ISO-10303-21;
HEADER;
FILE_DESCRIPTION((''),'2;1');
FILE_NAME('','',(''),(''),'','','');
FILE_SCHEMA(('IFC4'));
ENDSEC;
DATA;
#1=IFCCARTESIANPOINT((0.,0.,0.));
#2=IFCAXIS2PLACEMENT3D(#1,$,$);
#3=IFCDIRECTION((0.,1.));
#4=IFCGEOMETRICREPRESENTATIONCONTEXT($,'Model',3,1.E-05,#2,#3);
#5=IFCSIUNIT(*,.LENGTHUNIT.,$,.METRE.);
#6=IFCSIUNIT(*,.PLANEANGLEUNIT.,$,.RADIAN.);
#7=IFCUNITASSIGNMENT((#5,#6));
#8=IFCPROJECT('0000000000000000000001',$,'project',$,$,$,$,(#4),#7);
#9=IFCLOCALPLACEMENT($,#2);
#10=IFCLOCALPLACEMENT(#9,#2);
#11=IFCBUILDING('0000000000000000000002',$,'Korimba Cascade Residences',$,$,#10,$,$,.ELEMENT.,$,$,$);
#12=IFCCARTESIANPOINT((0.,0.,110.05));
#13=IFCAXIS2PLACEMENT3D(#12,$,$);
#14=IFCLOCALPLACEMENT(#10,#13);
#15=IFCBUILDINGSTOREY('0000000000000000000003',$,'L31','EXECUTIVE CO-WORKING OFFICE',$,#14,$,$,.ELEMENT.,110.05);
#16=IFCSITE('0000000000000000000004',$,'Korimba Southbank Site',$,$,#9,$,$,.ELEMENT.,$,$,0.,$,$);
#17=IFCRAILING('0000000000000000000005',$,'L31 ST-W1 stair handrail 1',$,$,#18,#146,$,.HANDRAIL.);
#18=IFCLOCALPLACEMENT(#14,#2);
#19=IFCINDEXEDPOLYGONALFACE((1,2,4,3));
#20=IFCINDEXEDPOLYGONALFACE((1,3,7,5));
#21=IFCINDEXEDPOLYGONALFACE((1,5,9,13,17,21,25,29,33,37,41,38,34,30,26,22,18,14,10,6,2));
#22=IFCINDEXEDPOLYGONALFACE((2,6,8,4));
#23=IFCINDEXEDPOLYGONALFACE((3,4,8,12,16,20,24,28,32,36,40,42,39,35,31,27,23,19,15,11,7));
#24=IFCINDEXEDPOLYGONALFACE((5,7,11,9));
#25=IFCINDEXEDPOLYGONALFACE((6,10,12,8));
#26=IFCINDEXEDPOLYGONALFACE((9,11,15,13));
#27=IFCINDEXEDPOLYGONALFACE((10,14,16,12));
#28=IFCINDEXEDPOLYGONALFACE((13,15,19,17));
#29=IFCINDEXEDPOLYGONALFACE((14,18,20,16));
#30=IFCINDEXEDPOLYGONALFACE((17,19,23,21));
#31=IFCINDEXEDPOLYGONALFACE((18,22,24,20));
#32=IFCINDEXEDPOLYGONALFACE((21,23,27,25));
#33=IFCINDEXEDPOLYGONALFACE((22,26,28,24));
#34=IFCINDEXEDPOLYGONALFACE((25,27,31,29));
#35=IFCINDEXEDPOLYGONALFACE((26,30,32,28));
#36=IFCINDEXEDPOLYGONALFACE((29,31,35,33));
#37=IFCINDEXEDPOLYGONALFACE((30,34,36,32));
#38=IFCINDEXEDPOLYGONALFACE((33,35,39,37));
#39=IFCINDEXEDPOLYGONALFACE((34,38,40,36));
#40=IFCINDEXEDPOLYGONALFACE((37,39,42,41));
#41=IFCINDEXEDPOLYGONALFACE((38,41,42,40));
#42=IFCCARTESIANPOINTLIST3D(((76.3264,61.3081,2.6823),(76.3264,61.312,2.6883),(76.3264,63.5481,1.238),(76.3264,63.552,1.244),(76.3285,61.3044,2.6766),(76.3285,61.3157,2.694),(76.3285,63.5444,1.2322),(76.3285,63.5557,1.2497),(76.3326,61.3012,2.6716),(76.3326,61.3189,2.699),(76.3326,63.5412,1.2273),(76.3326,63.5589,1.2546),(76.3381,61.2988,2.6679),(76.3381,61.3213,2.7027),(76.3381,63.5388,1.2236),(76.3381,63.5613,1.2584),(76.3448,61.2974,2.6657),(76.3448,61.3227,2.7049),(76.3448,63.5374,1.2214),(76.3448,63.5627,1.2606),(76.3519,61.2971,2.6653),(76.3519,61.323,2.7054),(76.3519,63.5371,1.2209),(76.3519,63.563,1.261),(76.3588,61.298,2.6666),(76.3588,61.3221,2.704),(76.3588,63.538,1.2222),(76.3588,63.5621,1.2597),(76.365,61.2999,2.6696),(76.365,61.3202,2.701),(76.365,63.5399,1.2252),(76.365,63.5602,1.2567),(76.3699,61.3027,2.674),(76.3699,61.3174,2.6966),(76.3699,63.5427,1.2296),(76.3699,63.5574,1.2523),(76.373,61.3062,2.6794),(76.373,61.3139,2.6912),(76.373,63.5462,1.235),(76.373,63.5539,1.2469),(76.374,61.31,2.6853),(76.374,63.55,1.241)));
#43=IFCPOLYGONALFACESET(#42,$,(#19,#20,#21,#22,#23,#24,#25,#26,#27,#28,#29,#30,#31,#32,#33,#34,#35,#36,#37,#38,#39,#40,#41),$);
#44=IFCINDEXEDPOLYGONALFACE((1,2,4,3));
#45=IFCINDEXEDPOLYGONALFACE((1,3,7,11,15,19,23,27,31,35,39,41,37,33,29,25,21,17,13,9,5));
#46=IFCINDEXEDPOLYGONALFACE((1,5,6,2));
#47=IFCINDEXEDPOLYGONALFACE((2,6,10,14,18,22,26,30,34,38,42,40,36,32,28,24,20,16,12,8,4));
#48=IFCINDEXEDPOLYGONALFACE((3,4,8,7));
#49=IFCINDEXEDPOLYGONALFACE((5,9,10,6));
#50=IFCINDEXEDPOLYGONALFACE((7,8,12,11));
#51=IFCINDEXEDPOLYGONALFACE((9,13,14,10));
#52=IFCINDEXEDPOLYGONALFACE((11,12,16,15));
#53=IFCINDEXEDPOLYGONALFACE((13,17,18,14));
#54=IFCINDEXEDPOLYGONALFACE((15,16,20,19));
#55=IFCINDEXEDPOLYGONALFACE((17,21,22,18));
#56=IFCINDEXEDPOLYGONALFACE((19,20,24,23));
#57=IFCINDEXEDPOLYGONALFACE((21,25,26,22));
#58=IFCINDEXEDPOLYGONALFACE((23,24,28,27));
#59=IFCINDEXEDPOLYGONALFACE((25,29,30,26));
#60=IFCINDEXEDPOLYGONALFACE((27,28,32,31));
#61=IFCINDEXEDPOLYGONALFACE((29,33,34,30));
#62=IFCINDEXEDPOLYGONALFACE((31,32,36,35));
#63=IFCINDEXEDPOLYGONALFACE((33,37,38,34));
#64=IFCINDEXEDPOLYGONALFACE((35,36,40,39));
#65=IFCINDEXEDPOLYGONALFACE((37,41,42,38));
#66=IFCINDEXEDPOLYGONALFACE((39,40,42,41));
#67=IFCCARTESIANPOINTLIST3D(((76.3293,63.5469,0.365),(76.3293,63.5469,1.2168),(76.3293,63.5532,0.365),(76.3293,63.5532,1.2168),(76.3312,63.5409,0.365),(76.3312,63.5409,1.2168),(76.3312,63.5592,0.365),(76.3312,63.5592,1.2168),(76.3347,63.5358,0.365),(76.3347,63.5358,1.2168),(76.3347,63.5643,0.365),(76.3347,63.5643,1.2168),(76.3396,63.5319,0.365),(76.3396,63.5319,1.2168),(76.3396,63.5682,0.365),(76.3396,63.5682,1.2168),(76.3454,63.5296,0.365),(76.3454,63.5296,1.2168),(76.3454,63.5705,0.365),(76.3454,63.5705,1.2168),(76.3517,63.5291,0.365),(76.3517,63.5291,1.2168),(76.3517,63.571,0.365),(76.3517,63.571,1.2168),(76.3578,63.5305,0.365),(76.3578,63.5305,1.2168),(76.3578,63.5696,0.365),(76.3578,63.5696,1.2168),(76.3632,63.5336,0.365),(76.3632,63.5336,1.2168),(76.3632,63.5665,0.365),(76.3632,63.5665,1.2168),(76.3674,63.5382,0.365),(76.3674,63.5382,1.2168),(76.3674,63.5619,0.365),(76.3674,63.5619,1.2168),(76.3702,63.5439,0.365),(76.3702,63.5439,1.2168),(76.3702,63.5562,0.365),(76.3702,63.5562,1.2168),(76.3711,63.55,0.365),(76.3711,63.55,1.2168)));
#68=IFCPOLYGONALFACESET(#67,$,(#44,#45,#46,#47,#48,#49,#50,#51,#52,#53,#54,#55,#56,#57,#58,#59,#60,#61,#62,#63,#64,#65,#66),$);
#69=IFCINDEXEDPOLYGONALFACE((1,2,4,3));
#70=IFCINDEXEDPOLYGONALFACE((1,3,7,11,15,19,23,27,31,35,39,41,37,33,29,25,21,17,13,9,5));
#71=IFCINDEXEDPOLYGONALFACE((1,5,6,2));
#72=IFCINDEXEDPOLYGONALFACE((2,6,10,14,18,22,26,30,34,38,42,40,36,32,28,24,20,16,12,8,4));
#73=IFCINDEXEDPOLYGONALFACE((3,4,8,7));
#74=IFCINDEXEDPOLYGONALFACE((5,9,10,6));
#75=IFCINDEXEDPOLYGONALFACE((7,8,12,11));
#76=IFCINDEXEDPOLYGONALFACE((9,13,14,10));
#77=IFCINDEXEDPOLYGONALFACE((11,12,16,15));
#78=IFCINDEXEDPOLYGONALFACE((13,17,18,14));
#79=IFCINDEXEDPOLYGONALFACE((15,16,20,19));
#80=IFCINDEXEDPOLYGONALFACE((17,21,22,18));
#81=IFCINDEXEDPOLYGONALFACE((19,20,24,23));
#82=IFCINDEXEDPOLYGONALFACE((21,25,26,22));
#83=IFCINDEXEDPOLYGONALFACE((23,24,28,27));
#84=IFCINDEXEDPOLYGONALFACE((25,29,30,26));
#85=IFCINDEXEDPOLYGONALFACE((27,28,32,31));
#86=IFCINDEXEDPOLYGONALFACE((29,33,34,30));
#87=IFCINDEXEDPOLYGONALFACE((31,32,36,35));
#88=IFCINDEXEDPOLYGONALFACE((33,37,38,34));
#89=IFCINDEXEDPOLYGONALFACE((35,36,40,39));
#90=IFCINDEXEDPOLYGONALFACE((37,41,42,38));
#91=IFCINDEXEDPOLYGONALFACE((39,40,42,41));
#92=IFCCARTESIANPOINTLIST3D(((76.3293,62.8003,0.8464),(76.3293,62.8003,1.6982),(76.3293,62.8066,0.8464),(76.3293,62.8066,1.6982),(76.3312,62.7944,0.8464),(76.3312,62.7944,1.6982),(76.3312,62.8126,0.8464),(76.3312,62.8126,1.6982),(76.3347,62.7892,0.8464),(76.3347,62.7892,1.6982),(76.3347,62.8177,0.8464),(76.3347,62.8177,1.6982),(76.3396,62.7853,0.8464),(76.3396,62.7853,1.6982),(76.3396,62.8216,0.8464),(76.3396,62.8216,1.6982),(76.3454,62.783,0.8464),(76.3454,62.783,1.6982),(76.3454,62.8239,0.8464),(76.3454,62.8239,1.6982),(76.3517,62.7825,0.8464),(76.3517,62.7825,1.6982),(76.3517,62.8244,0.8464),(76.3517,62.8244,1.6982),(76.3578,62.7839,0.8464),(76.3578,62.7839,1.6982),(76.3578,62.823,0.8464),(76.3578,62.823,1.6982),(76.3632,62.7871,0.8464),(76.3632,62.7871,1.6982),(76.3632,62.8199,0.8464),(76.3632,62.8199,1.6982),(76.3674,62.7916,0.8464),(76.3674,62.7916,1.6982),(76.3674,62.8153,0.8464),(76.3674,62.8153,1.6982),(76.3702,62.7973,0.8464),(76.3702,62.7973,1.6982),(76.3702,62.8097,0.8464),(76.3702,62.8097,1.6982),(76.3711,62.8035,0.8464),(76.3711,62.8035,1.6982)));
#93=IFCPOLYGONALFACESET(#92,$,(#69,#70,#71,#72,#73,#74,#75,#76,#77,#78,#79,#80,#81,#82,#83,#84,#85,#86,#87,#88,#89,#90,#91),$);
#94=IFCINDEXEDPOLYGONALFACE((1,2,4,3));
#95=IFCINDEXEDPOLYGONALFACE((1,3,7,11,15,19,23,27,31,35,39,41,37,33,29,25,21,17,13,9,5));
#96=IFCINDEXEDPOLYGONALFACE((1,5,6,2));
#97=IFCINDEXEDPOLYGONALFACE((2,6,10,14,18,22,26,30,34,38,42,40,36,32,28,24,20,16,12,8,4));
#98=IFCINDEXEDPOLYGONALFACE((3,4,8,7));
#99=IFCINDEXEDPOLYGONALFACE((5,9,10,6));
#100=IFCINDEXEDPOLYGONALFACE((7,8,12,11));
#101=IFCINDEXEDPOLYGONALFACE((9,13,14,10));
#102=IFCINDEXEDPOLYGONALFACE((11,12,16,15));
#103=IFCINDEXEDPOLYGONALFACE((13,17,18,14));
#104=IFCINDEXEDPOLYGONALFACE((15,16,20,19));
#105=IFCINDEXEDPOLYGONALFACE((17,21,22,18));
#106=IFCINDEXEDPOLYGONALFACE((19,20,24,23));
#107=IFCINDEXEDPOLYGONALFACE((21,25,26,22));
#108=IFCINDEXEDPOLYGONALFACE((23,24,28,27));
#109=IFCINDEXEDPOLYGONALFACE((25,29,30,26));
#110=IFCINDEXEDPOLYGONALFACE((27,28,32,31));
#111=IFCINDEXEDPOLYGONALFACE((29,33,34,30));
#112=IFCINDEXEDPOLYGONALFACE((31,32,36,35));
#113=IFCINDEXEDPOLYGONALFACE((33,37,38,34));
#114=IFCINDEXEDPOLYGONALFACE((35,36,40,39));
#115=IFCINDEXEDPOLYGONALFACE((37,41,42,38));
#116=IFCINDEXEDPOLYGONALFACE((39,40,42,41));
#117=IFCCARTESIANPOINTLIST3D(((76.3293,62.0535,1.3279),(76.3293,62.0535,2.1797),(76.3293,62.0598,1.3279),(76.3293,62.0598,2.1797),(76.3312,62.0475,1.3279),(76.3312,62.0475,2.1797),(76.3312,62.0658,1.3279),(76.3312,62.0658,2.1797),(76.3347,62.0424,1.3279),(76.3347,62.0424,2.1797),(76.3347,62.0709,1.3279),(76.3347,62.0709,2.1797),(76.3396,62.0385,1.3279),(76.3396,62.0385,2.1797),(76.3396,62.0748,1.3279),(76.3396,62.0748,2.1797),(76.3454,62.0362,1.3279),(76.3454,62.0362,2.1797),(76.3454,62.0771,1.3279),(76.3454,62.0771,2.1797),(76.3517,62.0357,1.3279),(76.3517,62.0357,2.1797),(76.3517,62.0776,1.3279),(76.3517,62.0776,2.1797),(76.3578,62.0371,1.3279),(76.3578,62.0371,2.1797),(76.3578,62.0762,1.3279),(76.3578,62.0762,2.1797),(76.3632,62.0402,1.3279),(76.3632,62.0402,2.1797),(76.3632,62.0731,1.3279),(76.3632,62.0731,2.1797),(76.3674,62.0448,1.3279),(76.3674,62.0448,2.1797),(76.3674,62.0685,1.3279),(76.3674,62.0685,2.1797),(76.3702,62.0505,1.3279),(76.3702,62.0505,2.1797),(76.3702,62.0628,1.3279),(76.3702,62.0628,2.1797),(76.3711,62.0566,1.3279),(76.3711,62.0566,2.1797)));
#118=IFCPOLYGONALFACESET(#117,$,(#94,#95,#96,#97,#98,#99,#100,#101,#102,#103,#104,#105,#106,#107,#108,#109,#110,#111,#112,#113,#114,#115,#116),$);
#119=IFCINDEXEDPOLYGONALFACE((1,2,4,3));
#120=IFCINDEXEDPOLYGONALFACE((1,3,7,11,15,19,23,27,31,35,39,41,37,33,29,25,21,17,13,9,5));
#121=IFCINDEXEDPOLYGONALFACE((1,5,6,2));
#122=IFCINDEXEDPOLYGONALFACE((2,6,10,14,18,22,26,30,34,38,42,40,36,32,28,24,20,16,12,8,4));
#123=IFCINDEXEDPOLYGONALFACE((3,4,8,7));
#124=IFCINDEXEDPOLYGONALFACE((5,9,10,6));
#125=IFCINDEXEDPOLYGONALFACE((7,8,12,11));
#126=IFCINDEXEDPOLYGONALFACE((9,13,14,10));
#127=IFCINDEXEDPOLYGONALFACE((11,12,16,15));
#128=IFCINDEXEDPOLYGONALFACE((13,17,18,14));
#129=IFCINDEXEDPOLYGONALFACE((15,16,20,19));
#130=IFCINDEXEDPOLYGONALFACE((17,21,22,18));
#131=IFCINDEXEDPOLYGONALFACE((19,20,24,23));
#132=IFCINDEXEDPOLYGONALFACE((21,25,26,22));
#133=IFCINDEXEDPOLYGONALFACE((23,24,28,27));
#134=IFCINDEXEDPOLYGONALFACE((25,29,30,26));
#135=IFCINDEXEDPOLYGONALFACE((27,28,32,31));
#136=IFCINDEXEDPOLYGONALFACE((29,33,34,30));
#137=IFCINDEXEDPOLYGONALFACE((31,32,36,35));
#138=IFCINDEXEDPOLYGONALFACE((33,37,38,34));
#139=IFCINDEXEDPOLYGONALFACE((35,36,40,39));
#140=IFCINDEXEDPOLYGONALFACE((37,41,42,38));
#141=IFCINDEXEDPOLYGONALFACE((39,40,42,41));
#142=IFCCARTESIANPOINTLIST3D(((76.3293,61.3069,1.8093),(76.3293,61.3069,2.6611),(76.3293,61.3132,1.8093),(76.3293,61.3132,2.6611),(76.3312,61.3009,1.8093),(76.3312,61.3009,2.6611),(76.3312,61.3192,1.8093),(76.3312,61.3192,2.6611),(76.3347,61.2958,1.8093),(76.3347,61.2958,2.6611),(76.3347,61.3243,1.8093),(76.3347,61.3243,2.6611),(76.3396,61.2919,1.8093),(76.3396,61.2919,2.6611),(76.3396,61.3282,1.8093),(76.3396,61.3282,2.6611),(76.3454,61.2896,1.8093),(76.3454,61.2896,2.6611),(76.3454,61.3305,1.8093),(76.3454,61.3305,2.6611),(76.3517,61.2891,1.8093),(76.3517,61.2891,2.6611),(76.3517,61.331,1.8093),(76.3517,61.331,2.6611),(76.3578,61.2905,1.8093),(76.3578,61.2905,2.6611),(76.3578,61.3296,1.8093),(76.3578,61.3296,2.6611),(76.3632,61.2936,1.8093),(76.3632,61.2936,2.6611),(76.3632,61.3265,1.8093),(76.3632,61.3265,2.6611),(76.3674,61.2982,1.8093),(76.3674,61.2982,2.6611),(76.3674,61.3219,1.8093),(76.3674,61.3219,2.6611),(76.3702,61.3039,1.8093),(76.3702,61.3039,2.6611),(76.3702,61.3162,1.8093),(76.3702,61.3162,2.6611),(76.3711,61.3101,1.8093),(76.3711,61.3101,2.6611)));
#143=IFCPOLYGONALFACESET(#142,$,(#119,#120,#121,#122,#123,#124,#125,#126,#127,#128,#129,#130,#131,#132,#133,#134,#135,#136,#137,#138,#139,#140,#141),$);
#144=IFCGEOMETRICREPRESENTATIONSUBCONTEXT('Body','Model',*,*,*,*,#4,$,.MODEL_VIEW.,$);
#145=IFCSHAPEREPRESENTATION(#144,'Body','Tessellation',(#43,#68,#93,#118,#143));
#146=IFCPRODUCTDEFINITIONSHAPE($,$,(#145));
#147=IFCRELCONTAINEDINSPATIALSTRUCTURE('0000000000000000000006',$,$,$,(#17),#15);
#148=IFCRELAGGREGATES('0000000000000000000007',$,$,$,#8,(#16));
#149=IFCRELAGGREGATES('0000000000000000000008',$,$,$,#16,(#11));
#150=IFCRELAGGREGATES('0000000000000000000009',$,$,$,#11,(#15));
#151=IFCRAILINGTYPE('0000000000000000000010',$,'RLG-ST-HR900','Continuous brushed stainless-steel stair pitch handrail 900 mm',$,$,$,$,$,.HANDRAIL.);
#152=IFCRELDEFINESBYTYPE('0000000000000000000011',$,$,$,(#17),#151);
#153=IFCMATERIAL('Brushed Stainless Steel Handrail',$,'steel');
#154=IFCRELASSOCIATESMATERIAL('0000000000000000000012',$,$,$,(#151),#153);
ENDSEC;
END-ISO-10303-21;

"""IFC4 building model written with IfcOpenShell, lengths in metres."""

from ifc_helpers import new_model, si_unit, direction, frame, origin, origin_2d, place, context, subcontext, project, spatial, circle, extrude, material, type_object, element, save


model = new_model("IFC4")

# Units and contexts
model_context = context("Model", 3, precision=1e-05, world=origin(), true_north=direction((0.0, 1.0)))
body_context = subcontext(model_context, "Body", "Model", "MODEL_VIEW")
ifc_project = project(units=[si_unit("LENGTHUNIT", "METRE"), si_unit("PLANEANGLEUNIT", "RADIAN")], contexts=[model_context])

# Site, building, storey
site_placement = place(None, origin())
site = spatial("IfcSite", under=ifc_project, at=site_placement, Name="Korimba Southbank Site", CompositionType="ELEMENT", RefElevation=0.0)
building_placement = place(site_placement, origin())
building = spatial("IfcBuilding", under=site, at=building_placement, Name="Korimba Cascade Residences", CompositionType="ELEMENT")
storey_placement = place(building_placement, frame((0.0, 0.0, 110.05)))
storey = spatial("IfcBuildingStorey", under=building, at=storey_placement, Name="L31", Description="EXECUTIVE CO-WORKING OFFICE", CompositionType="ELEMENT", Elevation=110.05)

# Railing
ifc_material_1 = material(Name="Brushed Stainless Steel Handrail", Category="steel")
railing_type_1 = type_object("IfcRailingType", Name="RLG-ST-HR900", Description="Continuous brushed stainless-steel stair pitch handrail 900 mm", PredefinedType="HANDRAIL", material=ifc_material_1)
railing_1_placement = place(storey_placement, frame((76.3501, 63.55, 0.365)))
element("IfcRailing", 1, at=railing_1_placement, inside=storey, type_object=railing_type_1, Name="L31 ST-W1 stair handrail 1", PredefinedType="HANDRAIL", context=body_context, shape_type="SweptSolid", body=[
    extrude(circle(Radius=0.0239, at=origin_2d()), frame((0.0, 0.0, 0.876), z_axis=(0.0, -0.840437, 0.54191), x_axis=(1.0, 0.0, 0.0)), (0.0, 0.0, 1.0), 2.6653),
    extrude(circle(Radius=0.021, at=origin_2d()), origin(), (0.0, 0.0, 1.0), 0.8518),
    extrude(circle(Radius=0.021, at=origin_2d()), frame((0.0, -0.7466, 0.4814)), (0.0, 0.0, 1.0), 0.8518),
    extrude(circle(Radius=0.021, at=origin_2d()), frame((0.0, -1.4934, 0.9629)), (0.0, 0.0, 1.0), 0.8518),
    extrude(circle(Radius=0.021, at=origin_2d()), frame((0.0, -2.24, 1.4443)), (0.0, 0.0, 1.0), 0.8518),
])

save(model, "model.ifc")
